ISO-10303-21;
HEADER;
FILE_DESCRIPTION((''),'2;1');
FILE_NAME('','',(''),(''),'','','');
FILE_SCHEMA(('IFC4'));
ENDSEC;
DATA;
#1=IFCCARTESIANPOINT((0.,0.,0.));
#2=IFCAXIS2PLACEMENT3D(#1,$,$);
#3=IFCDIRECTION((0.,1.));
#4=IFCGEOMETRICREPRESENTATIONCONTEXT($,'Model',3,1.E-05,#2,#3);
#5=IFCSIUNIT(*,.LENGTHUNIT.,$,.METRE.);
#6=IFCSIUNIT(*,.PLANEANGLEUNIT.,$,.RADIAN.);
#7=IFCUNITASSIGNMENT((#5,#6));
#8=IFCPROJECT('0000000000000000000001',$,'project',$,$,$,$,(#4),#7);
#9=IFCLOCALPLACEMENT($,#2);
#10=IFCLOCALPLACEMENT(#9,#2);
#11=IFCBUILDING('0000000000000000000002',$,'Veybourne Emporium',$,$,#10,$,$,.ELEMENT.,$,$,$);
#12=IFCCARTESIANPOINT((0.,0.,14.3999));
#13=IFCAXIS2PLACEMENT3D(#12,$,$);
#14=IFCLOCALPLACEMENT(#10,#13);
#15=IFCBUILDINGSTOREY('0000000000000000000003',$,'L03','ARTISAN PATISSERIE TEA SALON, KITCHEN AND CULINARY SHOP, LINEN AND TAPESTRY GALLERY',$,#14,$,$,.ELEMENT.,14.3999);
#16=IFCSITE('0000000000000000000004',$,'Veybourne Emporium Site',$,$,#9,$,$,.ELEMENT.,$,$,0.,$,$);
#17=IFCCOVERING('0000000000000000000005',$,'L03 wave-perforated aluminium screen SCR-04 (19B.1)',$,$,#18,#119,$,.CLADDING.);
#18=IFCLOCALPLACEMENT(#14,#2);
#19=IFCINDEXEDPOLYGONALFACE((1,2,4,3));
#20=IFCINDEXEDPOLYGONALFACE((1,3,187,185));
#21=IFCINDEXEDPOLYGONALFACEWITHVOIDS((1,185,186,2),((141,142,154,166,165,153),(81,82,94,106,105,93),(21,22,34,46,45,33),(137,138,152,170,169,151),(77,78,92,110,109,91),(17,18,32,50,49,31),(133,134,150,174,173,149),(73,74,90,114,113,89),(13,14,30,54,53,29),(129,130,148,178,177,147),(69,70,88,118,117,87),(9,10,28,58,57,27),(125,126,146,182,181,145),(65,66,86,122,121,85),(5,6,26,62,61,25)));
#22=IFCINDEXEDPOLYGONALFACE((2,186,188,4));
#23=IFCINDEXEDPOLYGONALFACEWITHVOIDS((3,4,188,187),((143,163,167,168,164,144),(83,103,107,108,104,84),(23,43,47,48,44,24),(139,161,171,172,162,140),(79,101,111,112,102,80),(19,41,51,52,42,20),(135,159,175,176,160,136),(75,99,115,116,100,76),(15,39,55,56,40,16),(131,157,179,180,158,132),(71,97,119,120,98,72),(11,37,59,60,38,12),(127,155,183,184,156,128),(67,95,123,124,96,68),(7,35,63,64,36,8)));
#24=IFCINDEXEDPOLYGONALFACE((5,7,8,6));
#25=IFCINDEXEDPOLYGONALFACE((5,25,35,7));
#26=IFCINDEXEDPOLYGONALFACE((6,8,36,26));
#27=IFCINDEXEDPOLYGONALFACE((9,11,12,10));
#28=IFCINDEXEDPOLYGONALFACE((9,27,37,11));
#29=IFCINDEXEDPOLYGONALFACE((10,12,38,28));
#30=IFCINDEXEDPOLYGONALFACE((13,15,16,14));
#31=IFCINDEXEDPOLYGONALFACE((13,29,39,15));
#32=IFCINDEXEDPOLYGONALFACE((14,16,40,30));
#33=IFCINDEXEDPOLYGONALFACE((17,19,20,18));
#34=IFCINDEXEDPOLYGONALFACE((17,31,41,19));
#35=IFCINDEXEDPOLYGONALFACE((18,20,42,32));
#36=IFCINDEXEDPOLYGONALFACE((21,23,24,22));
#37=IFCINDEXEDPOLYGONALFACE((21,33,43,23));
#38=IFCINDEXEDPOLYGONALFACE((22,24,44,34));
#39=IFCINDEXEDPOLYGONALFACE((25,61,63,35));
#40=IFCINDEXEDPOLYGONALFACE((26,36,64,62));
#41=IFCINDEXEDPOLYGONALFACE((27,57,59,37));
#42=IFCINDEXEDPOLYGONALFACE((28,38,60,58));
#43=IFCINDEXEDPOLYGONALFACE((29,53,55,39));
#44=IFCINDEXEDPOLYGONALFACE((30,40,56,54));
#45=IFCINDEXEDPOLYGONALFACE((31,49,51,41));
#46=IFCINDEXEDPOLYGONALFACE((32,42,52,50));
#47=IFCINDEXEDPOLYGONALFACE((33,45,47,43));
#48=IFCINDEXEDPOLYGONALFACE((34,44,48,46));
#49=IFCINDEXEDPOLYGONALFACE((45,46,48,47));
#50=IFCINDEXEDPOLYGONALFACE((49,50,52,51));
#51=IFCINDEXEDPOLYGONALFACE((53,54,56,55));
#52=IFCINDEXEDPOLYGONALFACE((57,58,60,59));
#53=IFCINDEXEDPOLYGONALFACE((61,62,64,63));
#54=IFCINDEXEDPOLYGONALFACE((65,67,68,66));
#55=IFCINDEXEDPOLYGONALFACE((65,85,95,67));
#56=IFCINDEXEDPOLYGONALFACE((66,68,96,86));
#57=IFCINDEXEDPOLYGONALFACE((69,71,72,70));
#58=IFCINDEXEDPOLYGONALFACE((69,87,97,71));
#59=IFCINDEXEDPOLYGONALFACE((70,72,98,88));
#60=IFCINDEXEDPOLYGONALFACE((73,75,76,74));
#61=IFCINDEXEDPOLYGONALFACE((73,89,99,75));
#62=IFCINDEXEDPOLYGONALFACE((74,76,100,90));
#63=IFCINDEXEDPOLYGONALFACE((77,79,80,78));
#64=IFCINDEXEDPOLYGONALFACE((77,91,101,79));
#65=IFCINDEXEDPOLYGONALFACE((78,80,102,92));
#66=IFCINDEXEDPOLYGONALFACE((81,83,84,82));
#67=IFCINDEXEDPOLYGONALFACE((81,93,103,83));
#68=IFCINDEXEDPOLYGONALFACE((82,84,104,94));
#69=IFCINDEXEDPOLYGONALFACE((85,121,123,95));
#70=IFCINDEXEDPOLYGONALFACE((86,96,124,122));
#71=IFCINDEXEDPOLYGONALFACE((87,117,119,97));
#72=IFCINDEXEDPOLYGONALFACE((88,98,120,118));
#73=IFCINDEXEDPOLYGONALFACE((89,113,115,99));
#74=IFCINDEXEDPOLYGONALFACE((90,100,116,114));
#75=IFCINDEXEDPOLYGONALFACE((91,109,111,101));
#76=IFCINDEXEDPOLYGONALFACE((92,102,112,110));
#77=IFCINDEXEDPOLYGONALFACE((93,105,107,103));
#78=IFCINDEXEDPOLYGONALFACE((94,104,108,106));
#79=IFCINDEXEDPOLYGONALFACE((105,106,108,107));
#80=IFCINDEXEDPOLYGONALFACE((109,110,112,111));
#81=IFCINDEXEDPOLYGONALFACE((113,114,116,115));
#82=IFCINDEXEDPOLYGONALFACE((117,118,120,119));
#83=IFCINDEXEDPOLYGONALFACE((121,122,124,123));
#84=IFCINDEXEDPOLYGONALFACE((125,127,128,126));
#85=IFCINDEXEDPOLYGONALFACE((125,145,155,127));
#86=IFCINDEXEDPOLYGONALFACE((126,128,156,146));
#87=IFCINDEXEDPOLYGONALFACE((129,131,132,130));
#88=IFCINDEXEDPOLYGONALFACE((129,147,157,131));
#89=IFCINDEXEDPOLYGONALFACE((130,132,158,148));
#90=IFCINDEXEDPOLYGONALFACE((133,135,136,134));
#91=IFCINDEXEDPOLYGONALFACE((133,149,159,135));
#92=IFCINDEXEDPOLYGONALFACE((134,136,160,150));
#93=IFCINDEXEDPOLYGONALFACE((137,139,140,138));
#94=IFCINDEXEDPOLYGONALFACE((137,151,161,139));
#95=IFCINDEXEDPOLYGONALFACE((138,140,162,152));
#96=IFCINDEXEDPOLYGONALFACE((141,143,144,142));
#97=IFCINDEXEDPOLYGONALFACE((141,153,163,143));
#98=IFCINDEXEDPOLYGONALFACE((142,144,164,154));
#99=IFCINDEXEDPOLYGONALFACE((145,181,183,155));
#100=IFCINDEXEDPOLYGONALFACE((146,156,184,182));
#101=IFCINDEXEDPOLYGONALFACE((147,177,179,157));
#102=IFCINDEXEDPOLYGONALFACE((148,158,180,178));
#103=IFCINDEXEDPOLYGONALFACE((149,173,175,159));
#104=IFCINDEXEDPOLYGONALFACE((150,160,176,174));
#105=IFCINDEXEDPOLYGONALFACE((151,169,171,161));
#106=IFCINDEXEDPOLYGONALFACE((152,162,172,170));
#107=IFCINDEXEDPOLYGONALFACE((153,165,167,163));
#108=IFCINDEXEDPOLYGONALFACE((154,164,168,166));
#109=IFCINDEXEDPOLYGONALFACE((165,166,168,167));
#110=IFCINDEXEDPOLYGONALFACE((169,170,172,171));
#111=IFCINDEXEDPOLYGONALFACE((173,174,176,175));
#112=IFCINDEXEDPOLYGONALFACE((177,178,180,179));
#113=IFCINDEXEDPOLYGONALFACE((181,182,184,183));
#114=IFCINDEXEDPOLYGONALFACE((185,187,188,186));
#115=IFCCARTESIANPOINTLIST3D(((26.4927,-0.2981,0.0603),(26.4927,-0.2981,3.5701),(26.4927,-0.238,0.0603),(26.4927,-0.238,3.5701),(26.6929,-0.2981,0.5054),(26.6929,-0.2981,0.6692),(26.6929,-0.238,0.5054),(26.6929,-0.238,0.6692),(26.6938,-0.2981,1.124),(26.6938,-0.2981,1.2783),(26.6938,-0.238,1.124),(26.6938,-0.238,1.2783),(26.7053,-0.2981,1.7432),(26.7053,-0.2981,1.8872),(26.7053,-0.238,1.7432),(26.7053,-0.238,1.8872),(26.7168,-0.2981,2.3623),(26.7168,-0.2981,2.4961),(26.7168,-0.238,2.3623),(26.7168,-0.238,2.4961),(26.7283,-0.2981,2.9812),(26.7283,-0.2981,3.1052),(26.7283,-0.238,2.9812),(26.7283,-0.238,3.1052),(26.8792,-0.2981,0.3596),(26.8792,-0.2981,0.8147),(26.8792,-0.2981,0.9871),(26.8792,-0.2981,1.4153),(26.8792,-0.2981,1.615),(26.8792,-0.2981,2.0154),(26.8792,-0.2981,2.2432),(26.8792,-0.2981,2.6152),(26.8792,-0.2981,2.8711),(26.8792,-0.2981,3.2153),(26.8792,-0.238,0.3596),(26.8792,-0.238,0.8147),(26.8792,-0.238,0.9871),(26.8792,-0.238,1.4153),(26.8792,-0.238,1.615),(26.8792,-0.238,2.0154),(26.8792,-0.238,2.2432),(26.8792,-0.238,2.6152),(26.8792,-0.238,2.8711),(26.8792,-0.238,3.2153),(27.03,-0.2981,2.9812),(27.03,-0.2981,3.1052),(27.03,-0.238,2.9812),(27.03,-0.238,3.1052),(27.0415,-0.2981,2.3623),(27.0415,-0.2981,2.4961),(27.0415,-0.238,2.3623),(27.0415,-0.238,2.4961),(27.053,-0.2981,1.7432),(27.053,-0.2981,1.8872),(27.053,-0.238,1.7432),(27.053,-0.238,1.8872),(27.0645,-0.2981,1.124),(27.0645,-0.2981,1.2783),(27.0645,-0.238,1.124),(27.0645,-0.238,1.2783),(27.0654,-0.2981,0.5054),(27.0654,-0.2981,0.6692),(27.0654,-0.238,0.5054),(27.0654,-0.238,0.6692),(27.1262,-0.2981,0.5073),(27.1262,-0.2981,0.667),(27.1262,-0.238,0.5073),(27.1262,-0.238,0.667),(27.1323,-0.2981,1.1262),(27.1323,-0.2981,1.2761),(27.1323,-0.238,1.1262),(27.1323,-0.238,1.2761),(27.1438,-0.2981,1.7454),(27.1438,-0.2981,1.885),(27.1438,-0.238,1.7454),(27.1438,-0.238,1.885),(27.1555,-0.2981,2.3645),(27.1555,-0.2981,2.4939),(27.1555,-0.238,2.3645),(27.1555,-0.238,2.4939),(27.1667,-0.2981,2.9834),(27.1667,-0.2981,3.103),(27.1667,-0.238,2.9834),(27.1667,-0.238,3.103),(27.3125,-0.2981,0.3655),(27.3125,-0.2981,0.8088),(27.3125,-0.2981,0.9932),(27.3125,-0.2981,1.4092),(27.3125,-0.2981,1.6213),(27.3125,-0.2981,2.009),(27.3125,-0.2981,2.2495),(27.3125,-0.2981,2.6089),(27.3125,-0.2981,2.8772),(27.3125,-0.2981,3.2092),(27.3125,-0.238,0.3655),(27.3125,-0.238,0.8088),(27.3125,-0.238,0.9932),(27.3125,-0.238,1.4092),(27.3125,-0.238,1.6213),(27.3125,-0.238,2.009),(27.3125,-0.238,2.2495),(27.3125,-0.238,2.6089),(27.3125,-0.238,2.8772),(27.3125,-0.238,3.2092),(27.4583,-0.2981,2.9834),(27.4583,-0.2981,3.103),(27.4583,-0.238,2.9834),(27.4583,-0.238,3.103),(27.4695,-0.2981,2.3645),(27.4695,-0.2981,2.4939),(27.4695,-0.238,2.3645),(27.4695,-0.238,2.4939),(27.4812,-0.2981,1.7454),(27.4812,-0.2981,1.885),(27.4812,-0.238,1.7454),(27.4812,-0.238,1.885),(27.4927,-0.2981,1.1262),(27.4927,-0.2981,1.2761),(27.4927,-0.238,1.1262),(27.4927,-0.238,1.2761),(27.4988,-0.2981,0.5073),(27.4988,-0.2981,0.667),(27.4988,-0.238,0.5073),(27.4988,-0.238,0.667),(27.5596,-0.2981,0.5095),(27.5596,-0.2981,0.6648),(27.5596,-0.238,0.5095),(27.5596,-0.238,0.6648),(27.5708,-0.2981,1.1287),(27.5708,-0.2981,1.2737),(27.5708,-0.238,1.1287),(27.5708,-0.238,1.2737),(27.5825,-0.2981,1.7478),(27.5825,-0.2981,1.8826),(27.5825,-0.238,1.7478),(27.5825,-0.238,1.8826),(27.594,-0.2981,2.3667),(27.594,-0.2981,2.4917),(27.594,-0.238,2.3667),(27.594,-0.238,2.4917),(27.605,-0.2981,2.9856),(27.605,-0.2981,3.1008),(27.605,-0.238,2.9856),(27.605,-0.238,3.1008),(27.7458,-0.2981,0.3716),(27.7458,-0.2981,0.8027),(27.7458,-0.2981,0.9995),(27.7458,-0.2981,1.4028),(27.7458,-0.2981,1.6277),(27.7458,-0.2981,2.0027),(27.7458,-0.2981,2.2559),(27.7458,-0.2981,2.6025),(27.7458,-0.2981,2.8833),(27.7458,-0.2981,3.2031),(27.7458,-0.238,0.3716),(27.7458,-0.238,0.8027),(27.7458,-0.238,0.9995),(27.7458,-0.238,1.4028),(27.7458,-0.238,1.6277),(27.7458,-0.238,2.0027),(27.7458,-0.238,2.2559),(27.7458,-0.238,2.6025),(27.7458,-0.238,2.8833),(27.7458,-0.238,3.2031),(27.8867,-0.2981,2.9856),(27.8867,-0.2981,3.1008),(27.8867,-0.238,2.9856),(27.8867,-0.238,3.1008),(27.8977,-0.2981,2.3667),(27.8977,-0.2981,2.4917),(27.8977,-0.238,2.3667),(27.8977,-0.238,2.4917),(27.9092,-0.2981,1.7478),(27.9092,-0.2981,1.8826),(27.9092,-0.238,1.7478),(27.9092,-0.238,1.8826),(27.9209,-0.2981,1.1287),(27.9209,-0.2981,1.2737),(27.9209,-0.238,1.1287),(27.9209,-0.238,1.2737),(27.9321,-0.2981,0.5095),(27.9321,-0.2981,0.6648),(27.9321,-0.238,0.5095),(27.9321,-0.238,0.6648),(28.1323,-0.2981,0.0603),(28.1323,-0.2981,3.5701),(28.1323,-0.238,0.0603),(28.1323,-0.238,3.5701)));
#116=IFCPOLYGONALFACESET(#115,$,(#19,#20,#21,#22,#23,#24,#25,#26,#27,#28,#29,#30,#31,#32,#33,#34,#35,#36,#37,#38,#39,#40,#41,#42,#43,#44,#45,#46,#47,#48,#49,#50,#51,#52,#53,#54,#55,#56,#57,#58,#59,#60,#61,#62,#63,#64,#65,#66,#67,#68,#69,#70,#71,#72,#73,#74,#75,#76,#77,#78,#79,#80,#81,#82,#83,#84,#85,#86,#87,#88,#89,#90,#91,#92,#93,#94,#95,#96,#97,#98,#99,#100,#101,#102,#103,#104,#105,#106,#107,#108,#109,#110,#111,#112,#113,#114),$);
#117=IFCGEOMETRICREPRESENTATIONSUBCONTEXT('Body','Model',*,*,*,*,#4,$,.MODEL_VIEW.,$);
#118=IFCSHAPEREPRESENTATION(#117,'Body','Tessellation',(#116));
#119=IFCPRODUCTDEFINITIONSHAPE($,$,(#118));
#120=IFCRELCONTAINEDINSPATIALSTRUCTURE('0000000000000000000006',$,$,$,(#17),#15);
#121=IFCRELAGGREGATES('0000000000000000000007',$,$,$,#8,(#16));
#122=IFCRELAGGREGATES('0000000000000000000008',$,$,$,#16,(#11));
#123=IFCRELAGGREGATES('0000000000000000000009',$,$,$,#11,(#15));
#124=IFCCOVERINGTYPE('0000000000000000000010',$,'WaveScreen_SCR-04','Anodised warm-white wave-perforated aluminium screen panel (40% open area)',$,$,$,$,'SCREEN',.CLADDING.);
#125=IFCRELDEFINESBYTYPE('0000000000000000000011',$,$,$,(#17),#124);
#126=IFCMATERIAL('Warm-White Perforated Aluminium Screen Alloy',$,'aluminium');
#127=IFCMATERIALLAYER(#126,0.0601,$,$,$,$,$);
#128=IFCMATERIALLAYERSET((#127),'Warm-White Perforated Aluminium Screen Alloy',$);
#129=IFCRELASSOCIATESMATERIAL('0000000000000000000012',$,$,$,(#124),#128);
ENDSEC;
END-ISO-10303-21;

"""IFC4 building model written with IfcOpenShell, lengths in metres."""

from ifc_helpers import new_model, si_unit, direction, frame, origin, place, context, subcontext, project, spatial, polyline, outline, extrude, material, layer, layer_set, type_object, element, save


model = new_model("IFC4")

# Units and contexts
model_context = context("Model", 3, precision=1e-05, world=origin(), true_north=direction((0.0, 1.0)))
body_context = subcontext(model_context, "Body", "Model", "MODEL_VIEW")
ifc_project = project(units=[si_unit("LENGTHUNIT", "METRE"), si_unit("PLANEANGLEUNIT", "RADIAN")], contexts=[model_context])

# Site, building, storey
site_placement = place(None, origin())
site = spatial("IfcSite", under=ifc_project, at=site_placement, Name="Veybourne Emporium Site", CompositionType="ELEMENT", RefElevation=0.0)
building_placement = place(site_placement, origin())
building = spatial("IfcBuilding", under=site, at=building_placement, Name="Veybourne Emporium", CompositionType="ELEMENT")
storey_placement = place(building_placement, frame((0.0, 0.0, 14.3999)))
storey = spatial("IfcBuildingStorey", under=building, at=storey_placement, Name="L03", Description="ARTISAN PATISSERIE TEA SALON, KITCHEN AND CULINARY SHOP, LINEN AND TAPESTRY GALLERY", CompositionType="ELEMENT", Elevation=14.3999)

# Covering
ifc_material_1 = material(Name="Warm-White Perforated Aluminium Screen Alloy", Category="aluminium")
ifc_layer_1 = layer(ifc_material_1, 0.0601)
ifc_layer_set_1 = layer_set([ifc_layer_1], Name="Warm-White Perforated Aluminium Screen Alloy")
covering_type = type_object("IfcCoveringType", Name="WaveScreen_SCR-04", Description="Anodised warm-white wave-perforated aluminium screen panel (40% open area)", ElementType="SCREEN", PredefinedType="CLADDING", material=ifc_layer_set_1)
covering_1_placement = place(storey_placement, frame((27.3125, -0.2981, 1.8152), z_axis=(0.0, 1.0, 0.0), x_axis=(-1.0, 0.0, 0.0)))
element("IfcCovering", 1, at=covering_1_placement, inside=storey, type_object=covering_type, Name="L03 wave-perforated aluminium screen SCR-04 (19B.1)", PredefinedType="CLADDING", context=body_context, shape_type="SweptSolid", body=[
    extrude(outline(polyline([(-0.8198, -1.7549), (0.8198, -1.7549), (0.8198, 1.7549), (-0.8198, 1.7549), (-0.8198, -1.7549)]), holes=[polyline([(-0.4333, -1.0125), (-0.2471, -1.1504), (-0.2471, -1.3057), (-0.4333, -1.4436), (-0.6196, -1.3057), (-0.6196, -1.1504), (-0.4333, -1.0125)]), polyline([(-0.4333, -0.4124), (-0.2583, -0.5415), (-0.2583, -0.6865), (-0.4333, -0.8157), (-0.6084, -0.6865), (-0.6084, -0.5415), (-0.4333, -0.4124)]), polyline([(-0.4333, 0.1875), (-0.27, 0.0674), (-0.27, -0.0674), (-0.4333, -0.1875), (-0.5967, -0.0674), (-0.5967, 0.0674), (-0.4333, 0.1875)]), polyline([(-0.4333, 0.7874), (-0.2815, 0.6765), (-0.2815, 0.5515), (-0.4333, 0.4407), (-0.5852, 0.5515), (-0.5852, 0.6765), (-0.4333, 0.7874)]), polyline([(-0.4333, 1.3879), (-0.2925, 1.2856), (-0.2925, 1.1704), (-0.4333, 1.0681), (-0.5742, 1.1704), (-0.5742, 1.2856), (-0.4333, 1.3879)]), polyline([(0.0, -1.0063), (0.1863, -1.1482), (0.1863, -1.3079), (0.0, -1.4497), (-0.1863, -1.3079), (-0.1863, -1.1482), (0.0, -1.0063)]), polyline([(0.0, -0.406), (0.1802, -0.5391), (0.1802, -0.689), (0.0, -0.822), (-0.1802, -0.689), (-0.1802, -0.5391), (0.0, -0.406)]), polyline([(0.0, 0.1938), (0.1687, 0.0698), (0.1687, -0.0698), (0.0, -0.1938), (-0.1687, -0.0698), (-0.1687, 0.0698), (0.0, 0.1938)]), polyline([(0.0, 0.7937), (0.157, 0.6787), (0.157, 0.5493), (0.0, 0.4343), (-0.157, 0.5493), (-0.157, 0.6787), (0.0, 0.7937)]), polyline([(0.0, 1.394), (0.1458, 1.2878), (0.1458, 1.1682), (0.0, 1.062), (-0.1458, 1.1682), (-0.1458, 1.2878), (0.0, 1.394)]), polyline([(0.4333, -1.0005), (0.6196, -1.146), (0.6196, -1.3098), (0.4333, -1.4556), (0.2471, -1.3098), (0.2471, -1.146), (0.4333, -1.0005)]), polyline([(0.4333, -0.3999), (0.6187, -0.5369), (0.6187, -0.6912), (0.4333, -0.8281), (0.248, -0.6912), (0.248, -0.5369), (0.4333, -0.3999)]), polyline([(0.4333, 0.2002), (0.6072, 0.072), (0.6072, -0.072), (0.4333, -0.2002), (0.2595, -0.072), (0.2595, 0.072), (0.4333, 0.2002)]), polyline([(0.4333, 0.8), (0.5957, 0.6809), (0.5957, 0.5471), (0.4333, 0.428), (0.271, 0.5471), (0.271, 0.6809), (0.4333, 0.8)]), polyline([(0.4333, 1.4001), (0.5842, 1.29), (0.5842, 1.166), (0.4333, 1.0559), (0.2825, 1.166), (0.2825, 1.29), (0.4333, 1.4001)])]), origin(), (0.0, 0.0, 1.0), 0.0601),
])

save(model, "model.ifc")
